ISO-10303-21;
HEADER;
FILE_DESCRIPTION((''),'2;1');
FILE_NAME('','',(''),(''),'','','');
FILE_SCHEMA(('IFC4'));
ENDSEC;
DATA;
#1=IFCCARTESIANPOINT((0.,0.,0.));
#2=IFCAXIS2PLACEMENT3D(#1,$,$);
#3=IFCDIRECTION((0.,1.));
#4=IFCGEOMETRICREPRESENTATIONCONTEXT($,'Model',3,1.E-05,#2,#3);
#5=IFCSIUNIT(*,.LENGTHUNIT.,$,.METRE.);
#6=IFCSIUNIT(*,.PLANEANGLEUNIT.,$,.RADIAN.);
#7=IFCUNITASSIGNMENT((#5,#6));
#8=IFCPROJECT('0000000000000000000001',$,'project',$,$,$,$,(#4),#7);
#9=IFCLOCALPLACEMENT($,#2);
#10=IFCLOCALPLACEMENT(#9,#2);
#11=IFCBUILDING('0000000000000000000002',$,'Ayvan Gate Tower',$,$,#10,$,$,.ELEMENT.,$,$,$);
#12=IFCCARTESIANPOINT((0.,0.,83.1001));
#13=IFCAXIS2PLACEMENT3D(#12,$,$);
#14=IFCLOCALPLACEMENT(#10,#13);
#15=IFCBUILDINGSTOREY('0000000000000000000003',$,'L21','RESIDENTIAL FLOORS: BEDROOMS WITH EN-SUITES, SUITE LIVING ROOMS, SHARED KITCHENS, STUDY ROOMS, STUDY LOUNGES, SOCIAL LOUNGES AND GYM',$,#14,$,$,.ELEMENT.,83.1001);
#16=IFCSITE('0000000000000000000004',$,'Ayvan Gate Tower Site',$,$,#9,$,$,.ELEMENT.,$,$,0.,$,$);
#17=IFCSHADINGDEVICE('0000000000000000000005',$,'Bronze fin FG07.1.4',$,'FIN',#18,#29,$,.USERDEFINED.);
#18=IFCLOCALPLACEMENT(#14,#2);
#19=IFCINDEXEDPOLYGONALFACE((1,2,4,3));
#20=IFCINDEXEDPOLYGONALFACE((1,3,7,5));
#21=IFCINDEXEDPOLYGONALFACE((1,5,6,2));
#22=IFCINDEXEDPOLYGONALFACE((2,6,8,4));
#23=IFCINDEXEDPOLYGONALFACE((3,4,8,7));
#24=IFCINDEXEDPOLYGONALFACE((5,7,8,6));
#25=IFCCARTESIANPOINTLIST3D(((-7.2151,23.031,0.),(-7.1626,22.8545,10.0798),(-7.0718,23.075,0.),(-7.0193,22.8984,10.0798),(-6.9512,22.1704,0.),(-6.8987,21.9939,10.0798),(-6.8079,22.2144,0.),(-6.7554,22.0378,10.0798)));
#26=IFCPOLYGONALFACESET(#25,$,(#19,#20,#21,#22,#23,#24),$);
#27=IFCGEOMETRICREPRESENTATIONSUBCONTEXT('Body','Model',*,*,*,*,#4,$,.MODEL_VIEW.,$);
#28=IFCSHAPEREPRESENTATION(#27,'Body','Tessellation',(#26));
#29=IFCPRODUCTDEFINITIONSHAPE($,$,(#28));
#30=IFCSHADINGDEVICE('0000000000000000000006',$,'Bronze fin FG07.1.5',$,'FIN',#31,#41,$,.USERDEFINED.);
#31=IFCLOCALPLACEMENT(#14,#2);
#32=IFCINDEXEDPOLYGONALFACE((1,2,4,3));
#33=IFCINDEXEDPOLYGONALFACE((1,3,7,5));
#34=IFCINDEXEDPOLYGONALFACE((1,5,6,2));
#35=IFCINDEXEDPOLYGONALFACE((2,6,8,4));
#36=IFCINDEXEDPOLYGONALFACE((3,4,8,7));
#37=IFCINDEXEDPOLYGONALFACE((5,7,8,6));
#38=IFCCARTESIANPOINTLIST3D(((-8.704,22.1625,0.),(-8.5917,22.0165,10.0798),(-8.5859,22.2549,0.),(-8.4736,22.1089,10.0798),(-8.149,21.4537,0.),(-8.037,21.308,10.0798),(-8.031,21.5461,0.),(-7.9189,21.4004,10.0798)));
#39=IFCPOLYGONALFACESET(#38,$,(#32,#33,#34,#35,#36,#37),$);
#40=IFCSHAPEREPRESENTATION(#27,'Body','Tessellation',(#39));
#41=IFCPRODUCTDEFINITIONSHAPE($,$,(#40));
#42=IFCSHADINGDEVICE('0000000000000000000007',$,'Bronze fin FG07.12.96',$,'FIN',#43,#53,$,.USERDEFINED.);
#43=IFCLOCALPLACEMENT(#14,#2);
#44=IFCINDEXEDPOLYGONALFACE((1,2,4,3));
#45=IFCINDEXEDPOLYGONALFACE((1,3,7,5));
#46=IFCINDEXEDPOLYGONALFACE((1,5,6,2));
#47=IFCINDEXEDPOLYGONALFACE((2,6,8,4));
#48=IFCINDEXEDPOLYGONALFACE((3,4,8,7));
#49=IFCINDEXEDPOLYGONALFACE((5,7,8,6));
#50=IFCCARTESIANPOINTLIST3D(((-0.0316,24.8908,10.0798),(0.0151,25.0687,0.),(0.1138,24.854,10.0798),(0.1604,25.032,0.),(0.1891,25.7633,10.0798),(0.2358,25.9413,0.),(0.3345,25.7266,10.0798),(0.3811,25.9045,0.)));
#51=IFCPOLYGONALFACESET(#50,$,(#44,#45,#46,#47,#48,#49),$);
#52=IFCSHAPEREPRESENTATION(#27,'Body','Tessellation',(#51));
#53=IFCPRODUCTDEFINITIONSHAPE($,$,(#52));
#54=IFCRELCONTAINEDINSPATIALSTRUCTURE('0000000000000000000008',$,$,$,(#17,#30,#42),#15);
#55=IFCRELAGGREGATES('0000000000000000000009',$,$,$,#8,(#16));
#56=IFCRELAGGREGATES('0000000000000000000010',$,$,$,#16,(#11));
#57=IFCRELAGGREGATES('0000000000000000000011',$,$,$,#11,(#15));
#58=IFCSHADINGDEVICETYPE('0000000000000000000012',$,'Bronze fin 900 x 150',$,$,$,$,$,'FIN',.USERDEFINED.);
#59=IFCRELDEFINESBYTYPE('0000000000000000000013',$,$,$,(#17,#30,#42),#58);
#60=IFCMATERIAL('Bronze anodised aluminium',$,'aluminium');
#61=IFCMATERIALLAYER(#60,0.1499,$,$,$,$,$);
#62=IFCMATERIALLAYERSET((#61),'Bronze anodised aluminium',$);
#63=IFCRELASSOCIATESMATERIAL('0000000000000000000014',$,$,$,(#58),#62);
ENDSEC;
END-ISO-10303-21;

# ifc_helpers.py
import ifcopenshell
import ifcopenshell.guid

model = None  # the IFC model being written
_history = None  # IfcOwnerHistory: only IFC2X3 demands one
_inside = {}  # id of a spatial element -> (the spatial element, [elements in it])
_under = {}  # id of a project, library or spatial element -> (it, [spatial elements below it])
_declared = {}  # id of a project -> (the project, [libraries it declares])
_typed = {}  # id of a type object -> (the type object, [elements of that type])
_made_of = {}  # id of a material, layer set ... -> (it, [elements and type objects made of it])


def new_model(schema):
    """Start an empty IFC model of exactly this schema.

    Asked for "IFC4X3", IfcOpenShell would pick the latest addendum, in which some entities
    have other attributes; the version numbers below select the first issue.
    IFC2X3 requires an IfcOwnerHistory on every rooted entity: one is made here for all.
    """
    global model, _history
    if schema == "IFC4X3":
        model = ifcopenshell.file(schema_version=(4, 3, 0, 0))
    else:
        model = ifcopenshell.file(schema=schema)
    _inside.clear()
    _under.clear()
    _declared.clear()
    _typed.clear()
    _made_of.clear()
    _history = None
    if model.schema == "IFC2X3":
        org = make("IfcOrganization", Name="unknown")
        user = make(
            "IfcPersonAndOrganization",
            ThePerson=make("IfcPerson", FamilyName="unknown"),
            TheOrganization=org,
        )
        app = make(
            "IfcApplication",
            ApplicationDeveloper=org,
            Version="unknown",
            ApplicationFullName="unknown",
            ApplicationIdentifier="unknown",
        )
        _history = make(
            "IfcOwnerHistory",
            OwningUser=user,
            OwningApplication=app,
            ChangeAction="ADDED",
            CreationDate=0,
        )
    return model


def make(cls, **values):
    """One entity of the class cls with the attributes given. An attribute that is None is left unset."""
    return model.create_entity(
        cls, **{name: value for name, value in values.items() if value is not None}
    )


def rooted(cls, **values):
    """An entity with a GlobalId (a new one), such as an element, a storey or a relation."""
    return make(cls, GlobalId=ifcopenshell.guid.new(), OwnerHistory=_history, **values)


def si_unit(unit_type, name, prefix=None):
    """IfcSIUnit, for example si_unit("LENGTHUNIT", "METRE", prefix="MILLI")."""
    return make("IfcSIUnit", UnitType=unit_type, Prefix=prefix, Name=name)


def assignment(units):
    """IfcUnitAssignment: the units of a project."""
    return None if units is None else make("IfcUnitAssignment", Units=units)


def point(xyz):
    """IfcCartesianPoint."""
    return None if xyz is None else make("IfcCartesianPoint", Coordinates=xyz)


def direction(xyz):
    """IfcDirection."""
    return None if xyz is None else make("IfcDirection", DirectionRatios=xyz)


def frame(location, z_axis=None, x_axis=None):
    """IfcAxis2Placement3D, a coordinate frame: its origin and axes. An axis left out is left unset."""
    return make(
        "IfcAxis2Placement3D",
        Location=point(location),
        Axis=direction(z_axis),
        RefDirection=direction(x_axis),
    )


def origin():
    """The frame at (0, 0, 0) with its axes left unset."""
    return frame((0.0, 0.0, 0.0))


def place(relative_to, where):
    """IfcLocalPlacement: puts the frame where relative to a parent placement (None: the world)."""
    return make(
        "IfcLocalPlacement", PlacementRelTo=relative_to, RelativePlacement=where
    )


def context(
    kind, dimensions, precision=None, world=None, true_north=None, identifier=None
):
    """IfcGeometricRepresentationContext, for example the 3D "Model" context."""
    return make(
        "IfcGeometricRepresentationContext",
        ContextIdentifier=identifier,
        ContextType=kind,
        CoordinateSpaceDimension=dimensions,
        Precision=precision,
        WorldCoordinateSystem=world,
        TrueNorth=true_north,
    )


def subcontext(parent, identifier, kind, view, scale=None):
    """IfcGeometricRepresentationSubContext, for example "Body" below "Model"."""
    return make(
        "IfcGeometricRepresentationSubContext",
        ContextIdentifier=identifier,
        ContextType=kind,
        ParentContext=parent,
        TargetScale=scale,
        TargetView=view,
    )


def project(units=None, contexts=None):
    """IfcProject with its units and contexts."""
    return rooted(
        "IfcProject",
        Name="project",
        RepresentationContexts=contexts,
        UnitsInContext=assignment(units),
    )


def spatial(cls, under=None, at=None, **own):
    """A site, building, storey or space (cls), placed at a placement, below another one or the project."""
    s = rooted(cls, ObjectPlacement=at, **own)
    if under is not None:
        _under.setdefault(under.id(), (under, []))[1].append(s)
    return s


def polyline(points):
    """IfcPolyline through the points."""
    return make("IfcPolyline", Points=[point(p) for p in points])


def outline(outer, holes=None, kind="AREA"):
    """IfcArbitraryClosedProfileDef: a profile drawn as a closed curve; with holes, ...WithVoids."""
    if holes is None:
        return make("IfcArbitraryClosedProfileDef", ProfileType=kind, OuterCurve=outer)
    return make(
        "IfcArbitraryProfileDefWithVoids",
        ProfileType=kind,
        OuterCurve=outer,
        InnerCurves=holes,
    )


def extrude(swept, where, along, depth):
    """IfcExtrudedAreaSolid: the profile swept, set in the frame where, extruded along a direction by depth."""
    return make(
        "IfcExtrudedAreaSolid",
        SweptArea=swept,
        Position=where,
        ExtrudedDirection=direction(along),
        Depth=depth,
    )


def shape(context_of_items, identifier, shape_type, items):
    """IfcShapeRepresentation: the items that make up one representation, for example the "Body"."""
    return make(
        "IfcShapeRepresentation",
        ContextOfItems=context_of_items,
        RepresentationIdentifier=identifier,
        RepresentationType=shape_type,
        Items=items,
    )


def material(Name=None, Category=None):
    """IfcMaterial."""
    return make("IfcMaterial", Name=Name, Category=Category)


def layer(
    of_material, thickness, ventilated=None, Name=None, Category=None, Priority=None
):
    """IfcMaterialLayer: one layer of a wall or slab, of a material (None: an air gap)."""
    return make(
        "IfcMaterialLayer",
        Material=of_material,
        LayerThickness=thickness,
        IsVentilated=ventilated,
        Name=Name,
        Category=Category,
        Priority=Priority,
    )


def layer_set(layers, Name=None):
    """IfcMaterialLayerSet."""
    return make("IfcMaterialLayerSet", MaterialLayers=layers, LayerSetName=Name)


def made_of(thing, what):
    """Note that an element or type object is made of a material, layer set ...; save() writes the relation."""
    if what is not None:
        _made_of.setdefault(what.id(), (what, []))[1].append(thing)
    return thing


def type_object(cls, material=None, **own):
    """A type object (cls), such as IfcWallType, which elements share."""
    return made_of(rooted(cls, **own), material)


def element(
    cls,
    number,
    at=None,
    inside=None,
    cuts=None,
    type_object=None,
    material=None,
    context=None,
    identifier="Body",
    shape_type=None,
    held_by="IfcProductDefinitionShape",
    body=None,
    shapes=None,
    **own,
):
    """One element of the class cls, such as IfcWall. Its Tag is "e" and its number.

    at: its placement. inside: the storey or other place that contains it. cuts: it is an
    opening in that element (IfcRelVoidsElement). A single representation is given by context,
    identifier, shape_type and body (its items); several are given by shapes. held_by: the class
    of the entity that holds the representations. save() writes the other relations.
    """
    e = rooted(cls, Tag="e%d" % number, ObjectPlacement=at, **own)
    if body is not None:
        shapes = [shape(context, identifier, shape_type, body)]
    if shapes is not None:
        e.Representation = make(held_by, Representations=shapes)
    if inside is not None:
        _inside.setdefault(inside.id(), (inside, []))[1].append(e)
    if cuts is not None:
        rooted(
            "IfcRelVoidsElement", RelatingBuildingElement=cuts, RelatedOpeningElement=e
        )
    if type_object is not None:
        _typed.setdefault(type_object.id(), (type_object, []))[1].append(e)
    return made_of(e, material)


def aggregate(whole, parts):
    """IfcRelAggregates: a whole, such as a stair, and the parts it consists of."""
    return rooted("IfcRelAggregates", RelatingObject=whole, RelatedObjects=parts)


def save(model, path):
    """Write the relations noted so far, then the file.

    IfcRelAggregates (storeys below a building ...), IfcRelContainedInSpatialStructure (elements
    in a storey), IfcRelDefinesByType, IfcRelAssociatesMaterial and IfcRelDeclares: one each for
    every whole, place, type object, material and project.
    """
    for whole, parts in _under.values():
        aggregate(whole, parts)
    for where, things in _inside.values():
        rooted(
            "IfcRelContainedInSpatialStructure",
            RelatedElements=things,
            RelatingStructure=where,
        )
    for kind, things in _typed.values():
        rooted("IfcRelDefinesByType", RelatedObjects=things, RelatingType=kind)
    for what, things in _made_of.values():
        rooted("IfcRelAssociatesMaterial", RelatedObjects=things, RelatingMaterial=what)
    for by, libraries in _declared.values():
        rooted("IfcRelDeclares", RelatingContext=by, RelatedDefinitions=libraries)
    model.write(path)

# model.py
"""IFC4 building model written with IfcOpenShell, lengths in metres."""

from ifc_helpers import new_model, si_unit, direction, frame, origin, place, context, subcontext, project, spatial, polyline, outline, extrude, material, layer, layer_set, type_object, element, save


model = new_model("IFC4")

# Units and contexts
model_context = context("Model", 3, precision=1e-05, world=origin(), true_north=direction((0.0, 1.0)))
body_context = subcontext(model_context, "Body", "Model", "MODEL_VIEW")
ifc_project = project(units=[si_unit("LENGTHUNIT", "METRE"), si_unit("PLANEANGLEUNIT", "RADIAN")], contexts=[model_context])

# Site, building, storey
site_placement = place(None, origin())
site = spatial("IfcSite", under=ifc_project, at=site_placement, Name="Ayvan Gate Tower Site", CompositionType="ELEMENT", RefElevation=0.0)
building_placement = place(site_placement, origin())
building = spatial("IfcBuilding", under=site, at=building_placement, Name="Ayvan Gate Tower", CompositionType="ELEMENT")
storey_placement = place(building_placement, frame((0.0, 0.0, 83.1001)))
storey = spatial("IfcBuildingStorey", under=building, at=storey_placement, Name="L21", Description="RESIDENTIAL FLOORS: BEDROOMS WITH EN-SUITES, SUITE LIVING ROOMS, SHARED KITCHENS, STUDY ROOMS, STUDY LOUNGES, SOCIAL LOUNGES AND GYM", CompositionType="ELEMENT", Elevation=83.1001)

# Shared definitions
ifc_material_1 = material(Name="Bronze anodised aluminium", Category="aluminium")

# Shading devices
ifc_layer_1 = layer(ifc_material_1, 0.1499)
ifc_layer_set_1 = layer_set([ifc_layer_1], Name="Bronze anodised aluminium")
shading_device_type = type_object("IfcShadingDeviceType", Name="Bronze fin 900 x 150", ElementType="FIN", PredefinedType="USERDEFINED", material=ifc_layer_set_1)
shading_device_1_placement = place(storey_placement, frame((-6.8079, 22.2144, 0.0), z_axis=(0.956054, 0.29319, 0.000156), x_axis=(-0.29319, 0.956054, 0.0)))
element("IfcShadingDevice", 1, at=shading_device_1_placement, inside=storey, type_object=shading_device_type, Name="Bronze fin FG07.1.4", ObjectType="FIN", PredefinedType="USERDEFINED", context=body_context, shape_type="SweptSolid", body=[
    extrude(outline(polyline([(0.0, 0.0), (0.9002, 0.0), (0.716, 10.0798), (-0.1841, 10.0798), (0.0, 0.0)])), origin(), (0.0, 0.0, -1.0), 0.1499),
])
shading_device_2_placement = place(storey_placement, frame((-8.031, 21.5461, 0.0), z_axis=(0.787376, 0.616473, 0.000158), x_axis=(-0.616473, 0.787376, 0.0)))
element("IfcShadingDevice", 2, at=shading_device_2_placement, inside=storey, type_object=shading_device_type, Name="Bronze fin FG07.1.5", ObjectType="FIN", PredefinedType="USERDEFINED", context=body_context, shape_type="SweptSolid", body=[
    extrude(outline(polyline([(0.0, 0.0), (0.9001, 0.0), (0.716, 10.0798), (-0.1838, 10.0798), (0.0, 0.0)])), origin(), (0.0, 0.0, -1.0), 0.1499),
])
shading_device_3_placement = place(storey_placement, frame((0.1604, 25.032, 0.0), z_axis=(0.969469, -0.245215, 0.000155), x_axis=(0.245215, 0.969469, 0.0)))
element("IfcShadingDevice", 3, at=shading_device_3_placement, inside=storey, type_object=shading_device_type, Name="Bronze fin FG07.12.96", ObjectType="FIN", PredefinedType="USERDEFINED", context=body_context, shape_type="SweptSolid", body=[
    extrude(outline(polyline([(0.0, 0.0), (0.9, 0.0), (0.7161, 10.0798), (-0.184, 10.0798), (0.0, 0.0)])), origin(), (0.0, 0.0, -1.0), 0.1499),
])

save(model, "model.ifc")
